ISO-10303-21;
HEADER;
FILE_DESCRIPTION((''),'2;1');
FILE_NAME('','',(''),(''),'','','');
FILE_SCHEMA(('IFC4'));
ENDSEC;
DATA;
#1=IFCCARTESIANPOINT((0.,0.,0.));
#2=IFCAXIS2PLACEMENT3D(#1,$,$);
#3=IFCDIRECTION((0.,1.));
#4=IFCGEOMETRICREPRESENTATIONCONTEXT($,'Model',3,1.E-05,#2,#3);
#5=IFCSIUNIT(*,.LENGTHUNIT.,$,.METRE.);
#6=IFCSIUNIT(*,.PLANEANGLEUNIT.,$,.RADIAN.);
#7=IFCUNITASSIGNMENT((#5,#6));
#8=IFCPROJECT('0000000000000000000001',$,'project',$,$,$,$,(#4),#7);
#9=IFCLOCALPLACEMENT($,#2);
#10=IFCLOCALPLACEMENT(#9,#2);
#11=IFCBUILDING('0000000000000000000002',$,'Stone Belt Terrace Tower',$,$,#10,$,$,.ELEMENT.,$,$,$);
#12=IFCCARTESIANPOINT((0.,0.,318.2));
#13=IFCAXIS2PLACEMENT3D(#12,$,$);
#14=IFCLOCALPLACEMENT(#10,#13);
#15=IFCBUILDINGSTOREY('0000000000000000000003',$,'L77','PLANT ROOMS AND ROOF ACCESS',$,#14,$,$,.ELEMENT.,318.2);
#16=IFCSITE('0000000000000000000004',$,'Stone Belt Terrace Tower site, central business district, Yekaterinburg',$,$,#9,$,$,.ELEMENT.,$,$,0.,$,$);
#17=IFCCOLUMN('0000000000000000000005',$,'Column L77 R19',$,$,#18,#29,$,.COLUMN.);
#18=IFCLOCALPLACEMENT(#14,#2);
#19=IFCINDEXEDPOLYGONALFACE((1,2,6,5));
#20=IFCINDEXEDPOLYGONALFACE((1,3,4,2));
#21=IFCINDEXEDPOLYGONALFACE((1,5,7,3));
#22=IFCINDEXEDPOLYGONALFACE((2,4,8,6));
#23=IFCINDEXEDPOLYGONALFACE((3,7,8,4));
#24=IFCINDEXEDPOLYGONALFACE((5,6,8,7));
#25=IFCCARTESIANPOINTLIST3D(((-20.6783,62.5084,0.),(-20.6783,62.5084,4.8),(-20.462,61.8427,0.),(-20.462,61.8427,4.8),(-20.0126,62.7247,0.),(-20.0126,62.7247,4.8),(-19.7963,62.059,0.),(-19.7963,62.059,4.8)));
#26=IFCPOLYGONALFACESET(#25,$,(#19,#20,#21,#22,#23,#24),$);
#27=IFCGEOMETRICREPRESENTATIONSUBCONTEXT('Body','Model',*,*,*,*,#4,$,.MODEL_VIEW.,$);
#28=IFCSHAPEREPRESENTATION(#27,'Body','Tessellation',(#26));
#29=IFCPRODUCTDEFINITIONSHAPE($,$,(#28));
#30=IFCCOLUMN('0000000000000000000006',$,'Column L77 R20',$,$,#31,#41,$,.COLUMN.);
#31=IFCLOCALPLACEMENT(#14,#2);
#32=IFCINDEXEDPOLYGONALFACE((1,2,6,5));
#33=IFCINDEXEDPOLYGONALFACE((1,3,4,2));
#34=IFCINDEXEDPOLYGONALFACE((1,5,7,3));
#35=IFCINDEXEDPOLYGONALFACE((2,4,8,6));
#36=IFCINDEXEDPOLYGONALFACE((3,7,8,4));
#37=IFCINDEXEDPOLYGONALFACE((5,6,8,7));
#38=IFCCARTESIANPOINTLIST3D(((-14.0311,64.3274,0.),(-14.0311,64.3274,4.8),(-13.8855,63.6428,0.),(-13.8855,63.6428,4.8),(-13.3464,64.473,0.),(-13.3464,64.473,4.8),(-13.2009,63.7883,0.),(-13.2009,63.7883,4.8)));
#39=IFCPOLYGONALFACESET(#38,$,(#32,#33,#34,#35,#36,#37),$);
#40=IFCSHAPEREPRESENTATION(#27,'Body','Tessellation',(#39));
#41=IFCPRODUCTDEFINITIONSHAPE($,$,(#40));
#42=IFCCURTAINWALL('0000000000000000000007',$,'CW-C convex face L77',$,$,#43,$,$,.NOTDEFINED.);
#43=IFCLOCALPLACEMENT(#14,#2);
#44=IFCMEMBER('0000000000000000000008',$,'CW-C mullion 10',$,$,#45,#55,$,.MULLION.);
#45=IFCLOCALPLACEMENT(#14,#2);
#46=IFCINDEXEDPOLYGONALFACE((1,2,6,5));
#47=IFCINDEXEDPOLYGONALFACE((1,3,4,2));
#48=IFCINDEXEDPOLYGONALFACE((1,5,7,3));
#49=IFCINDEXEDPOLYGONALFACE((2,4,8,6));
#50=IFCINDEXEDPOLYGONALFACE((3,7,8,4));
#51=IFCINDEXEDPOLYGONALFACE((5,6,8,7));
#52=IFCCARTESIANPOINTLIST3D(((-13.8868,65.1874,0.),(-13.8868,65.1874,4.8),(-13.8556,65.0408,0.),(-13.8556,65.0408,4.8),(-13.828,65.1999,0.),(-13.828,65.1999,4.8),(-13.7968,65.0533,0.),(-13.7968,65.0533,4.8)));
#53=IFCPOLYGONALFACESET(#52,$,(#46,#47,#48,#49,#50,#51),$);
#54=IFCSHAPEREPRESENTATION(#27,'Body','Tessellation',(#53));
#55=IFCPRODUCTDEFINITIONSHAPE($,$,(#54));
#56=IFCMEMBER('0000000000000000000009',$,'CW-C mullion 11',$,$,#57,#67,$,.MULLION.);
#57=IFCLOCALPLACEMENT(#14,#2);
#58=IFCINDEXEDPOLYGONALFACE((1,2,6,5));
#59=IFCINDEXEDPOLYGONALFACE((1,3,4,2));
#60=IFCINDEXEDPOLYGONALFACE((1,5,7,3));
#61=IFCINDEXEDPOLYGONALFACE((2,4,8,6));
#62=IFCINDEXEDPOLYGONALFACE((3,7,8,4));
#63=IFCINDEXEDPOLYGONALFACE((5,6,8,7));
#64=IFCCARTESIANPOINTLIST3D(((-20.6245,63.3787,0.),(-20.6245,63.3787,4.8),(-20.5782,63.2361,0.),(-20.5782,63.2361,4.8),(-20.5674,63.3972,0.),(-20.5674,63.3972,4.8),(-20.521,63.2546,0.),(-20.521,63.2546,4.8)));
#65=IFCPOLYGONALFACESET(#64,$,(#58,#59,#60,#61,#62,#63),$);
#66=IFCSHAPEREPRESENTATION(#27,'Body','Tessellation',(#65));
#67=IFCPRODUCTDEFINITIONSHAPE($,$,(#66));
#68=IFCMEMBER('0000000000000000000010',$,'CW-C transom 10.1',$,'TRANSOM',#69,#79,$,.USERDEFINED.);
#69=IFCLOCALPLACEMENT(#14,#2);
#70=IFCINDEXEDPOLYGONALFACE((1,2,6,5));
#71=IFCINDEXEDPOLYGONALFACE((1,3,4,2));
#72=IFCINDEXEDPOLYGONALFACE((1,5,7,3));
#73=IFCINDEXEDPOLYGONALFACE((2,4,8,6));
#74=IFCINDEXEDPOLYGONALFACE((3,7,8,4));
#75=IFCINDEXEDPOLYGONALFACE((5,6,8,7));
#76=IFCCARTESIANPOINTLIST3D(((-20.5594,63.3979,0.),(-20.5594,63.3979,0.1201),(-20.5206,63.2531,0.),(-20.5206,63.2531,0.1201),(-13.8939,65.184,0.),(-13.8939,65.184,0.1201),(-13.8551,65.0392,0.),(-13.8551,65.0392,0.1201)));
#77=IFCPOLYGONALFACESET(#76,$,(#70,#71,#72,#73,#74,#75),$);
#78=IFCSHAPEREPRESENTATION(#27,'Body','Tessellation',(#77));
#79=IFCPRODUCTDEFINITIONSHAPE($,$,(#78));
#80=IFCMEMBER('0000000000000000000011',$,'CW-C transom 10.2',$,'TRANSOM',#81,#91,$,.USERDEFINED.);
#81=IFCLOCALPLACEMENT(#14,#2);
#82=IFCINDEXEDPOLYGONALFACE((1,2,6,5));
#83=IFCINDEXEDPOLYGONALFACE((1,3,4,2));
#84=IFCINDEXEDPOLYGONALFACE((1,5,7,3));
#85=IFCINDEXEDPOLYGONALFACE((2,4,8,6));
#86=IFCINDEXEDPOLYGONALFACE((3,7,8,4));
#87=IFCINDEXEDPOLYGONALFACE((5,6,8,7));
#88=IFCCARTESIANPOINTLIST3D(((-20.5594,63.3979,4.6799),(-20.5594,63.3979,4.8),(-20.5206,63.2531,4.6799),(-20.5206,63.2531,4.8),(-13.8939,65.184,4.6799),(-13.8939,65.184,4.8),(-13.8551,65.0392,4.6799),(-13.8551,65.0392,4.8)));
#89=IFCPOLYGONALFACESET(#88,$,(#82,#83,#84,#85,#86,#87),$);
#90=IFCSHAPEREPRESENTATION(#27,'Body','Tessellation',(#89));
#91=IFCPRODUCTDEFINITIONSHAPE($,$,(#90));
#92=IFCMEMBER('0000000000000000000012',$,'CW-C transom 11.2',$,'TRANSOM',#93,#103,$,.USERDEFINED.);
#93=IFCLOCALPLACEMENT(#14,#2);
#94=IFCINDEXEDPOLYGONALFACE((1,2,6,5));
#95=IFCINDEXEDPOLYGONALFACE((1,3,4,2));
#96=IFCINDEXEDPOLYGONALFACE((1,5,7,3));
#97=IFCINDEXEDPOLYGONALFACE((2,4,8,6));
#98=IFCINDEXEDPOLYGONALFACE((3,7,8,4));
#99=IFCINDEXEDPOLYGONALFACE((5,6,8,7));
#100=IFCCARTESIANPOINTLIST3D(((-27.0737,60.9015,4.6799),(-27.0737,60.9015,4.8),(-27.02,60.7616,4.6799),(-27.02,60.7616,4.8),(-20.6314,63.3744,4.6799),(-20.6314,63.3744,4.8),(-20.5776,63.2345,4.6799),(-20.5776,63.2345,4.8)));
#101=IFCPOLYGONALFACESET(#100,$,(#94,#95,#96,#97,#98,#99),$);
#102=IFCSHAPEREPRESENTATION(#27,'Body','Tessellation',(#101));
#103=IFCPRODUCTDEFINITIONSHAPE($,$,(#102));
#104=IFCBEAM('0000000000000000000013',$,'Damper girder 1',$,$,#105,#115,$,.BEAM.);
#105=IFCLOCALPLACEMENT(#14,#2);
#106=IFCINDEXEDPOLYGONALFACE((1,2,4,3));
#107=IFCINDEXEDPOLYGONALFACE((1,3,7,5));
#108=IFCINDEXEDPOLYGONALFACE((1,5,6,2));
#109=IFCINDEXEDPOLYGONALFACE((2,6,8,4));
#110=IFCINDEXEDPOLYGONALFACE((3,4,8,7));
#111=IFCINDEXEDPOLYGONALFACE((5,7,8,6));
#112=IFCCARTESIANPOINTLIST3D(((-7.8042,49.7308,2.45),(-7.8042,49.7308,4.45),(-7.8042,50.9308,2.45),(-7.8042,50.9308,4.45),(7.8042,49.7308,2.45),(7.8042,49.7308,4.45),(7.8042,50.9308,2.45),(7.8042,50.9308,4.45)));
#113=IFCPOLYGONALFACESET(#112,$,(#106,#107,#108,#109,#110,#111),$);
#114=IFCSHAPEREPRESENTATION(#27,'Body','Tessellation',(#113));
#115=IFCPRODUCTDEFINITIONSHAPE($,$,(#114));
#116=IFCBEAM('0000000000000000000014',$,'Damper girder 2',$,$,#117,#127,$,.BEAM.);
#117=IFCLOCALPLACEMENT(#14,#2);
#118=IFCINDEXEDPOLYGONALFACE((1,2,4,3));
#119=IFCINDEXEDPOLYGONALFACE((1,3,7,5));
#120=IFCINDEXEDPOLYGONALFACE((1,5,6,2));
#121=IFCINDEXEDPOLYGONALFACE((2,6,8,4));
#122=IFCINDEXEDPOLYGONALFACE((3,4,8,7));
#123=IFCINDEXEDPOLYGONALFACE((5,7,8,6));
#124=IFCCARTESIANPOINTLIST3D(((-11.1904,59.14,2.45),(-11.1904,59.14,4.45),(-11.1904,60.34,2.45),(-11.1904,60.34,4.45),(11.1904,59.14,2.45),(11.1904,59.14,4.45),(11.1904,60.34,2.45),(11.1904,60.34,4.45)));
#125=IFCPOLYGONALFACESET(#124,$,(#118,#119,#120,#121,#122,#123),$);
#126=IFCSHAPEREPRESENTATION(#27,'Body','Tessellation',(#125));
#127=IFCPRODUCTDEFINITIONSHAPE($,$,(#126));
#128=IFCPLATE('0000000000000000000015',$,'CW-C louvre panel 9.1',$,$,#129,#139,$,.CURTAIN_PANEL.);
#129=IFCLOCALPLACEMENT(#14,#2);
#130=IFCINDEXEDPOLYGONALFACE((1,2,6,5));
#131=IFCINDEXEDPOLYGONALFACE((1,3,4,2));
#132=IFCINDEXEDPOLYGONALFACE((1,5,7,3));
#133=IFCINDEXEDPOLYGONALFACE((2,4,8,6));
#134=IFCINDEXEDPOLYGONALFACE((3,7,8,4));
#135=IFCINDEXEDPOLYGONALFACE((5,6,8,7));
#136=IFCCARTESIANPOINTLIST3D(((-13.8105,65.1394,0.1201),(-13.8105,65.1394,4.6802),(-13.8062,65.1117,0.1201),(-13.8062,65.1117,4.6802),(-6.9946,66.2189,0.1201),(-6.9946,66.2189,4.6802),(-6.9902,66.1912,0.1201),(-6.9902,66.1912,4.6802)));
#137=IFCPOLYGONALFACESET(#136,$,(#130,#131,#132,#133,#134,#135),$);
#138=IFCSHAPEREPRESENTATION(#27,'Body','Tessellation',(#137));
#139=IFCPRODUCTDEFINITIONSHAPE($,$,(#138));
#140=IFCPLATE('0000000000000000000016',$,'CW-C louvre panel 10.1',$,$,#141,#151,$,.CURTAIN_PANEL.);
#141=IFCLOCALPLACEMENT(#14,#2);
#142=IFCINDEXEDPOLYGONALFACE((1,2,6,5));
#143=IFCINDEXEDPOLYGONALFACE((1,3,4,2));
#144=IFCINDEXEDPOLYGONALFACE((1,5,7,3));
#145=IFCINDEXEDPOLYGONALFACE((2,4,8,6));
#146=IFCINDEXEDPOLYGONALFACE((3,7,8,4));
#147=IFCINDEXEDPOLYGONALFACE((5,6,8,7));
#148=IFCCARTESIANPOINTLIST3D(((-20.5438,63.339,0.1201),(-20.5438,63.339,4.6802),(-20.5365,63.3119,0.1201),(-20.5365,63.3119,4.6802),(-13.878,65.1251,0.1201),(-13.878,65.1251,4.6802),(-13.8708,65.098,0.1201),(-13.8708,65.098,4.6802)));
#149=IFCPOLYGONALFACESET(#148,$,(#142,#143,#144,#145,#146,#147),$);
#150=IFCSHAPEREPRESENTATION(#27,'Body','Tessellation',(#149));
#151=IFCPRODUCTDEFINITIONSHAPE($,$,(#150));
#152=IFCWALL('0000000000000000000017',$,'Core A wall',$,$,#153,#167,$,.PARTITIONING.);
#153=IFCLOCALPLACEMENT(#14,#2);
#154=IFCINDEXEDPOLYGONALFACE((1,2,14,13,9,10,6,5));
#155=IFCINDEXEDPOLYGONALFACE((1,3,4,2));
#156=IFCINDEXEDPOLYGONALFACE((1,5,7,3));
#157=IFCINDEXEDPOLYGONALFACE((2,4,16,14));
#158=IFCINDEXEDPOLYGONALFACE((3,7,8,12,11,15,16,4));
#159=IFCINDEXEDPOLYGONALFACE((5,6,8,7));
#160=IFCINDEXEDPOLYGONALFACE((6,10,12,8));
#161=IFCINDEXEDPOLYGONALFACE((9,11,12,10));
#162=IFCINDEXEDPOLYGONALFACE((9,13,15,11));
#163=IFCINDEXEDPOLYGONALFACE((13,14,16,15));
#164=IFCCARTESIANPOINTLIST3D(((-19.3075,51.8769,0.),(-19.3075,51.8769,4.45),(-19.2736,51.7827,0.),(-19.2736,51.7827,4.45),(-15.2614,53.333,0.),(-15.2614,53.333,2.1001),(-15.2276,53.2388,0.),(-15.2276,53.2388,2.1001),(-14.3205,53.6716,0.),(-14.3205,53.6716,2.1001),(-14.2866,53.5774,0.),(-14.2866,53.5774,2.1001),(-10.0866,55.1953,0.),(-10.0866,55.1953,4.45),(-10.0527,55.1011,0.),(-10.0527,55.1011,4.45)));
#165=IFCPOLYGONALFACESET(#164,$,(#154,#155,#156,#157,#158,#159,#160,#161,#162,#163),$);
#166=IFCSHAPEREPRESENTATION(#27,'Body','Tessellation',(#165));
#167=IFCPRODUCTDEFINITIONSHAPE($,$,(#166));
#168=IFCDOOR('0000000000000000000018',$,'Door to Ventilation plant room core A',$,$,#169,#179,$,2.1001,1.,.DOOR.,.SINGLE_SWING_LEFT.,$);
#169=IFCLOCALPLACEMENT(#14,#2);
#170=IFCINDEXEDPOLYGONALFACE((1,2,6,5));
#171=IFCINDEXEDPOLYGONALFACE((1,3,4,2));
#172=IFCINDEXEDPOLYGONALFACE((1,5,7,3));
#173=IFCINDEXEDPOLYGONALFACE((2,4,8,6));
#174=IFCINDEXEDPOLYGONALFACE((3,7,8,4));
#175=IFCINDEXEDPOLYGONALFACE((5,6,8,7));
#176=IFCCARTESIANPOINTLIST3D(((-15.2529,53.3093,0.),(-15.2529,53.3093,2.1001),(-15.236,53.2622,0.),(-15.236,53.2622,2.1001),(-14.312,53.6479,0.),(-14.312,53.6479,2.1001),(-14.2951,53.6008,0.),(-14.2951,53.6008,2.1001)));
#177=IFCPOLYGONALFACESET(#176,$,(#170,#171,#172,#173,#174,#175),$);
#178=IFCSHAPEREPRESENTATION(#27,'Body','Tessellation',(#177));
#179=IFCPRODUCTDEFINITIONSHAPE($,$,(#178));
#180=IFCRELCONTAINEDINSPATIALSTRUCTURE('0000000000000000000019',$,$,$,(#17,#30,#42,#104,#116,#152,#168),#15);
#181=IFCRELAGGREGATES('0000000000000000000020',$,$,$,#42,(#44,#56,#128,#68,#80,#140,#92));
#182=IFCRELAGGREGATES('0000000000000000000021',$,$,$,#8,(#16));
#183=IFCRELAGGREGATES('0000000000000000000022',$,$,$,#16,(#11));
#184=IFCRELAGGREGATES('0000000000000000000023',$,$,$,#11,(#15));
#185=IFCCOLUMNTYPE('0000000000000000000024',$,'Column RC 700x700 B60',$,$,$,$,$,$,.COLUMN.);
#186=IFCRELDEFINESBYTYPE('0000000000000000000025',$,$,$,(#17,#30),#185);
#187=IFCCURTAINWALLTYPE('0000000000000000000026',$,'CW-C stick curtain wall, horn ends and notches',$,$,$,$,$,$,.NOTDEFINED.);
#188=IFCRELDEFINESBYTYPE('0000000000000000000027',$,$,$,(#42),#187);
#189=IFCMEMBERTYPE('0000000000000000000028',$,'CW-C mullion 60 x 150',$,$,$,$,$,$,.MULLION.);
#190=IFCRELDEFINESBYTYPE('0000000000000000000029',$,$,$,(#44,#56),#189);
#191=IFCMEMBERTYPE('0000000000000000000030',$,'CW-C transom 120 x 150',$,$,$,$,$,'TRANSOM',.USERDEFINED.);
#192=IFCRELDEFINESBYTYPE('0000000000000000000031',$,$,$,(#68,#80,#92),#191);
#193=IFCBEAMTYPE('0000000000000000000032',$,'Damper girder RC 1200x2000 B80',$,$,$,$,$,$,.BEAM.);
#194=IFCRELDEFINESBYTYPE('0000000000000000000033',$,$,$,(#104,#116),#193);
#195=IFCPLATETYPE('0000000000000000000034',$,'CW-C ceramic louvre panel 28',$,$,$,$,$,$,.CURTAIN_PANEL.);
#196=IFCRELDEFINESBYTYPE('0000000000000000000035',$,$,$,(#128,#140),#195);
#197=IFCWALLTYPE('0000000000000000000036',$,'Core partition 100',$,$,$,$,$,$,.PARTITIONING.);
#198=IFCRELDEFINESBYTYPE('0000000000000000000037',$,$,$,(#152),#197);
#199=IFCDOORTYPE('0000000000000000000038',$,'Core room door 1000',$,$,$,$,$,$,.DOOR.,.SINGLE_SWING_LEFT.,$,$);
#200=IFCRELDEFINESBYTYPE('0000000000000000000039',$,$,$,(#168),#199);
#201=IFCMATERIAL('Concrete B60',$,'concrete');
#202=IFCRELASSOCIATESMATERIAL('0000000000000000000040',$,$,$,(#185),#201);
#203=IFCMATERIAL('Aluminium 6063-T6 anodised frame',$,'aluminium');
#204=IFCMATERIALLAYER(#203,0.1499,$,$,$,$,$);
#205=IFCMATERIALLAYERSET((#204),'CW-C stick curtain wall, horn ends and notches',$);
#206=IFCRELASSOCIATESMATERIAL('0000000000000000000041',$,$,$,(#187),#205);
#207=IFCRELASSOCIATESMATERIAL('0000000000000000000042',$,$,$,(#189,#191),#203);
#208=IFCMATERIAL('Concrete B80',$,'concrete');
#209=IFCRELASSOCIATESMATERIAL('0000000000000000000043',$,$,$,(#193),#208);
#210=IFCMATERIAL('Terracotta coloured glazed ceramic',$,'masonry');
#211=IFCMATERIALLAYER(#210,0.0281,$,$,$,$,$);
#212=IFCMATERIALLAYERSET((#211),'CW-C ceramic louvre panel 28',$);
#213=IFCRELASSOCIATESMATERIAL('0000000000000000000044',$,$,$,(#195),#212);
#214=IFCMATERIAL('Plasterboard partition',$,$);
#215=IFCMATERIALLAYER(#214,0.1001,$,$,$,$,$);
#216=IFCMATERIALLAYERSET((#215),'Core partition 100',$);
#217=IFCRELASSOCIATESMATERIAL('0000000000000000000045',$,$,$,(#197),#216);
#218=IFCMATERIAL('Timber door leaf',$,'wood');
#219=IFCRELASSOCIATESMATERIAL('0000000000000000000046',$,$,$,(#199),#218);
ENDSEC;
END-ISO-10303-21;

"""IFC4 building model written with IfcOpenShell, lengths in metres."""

from ifc_helpers import new_model, si_unit, direction, frame, frame_2d, origin, origin_2d, place, context, subcontext, project, spatial, rectangle, extrude, material, layer, layer_set, material_profile, profile_set, type_object, element, fill, aggregate, save


model = new_model("IFC4")

# Units and contexts
model_context = context("Model", 3, precision=1e-05, world=origin(), true_north=direction((0.0, 1.0)))
body_context = subcontext(model_context, "Body", "Model", "MODEL_VIEW")
ifc_project = project(units=[si_unit("LENGTHUNIT", "METRE"), si_unit("PLANEANGLEUNIT", "RADIAN")], contexts=[model_context])

# Site, building, storey
site_placement = place(None, origin())
site = spatial("IfcSite", under=ifc_project, at=site_placement, Name="Stone Belt Terrace Tower site, central business district, Yekaterinburg", CompositionType="ELEMENT", RefElevation=0.0)
building_placement = place(site_placement, origin())
building = spatial("IfcBuilding", under=site, at=building_placement, Name="Stone Belt Terrace Tower", CompositionType="ELEMENT")
storey_placement = place(building_placement, frame((0.0, 0.0, 318.2)))
storey = spatial("IfcBuildingStorey", under=building, at=storey_placement, Name="L77", Description="PLANT ROOMS AND ROOF ACCESS", CompositionType="ELEMENT", Elevation=318.2)

# Columns
ifc_material_1 = material(Name="Concrete B60", Category="concrete")
ifc_material_profile_1 = material_profile(ifc_material_1, rectangle(XDim=0.7, YDim=0.7, at=origin_2d()), Name="RC 700x700")
ifc_profile_set_1 = profile_set([ifc_material_profile_1], Name="Concrete B60")
column_type = type_object("IfcColumnType", Name="Column RC 700x700 B60", PredefinedType="COLUMN", material=ifc_profile_set_1)
for number, where, z_axis, x_axis, name in (
    (1, (-20.2373, 62.2837, 0.0), (0.0, 0.0, 1.0), (0.951057, 0.309017, 0.0), "Column L77 R19"),
    (2, (-13.616, 64.0579, 0.0), (0.0, 0.0, 1.0), (0.978148, 0.207912, 0.0), "Column L77 R20"),
):
    element("IfcColumn", number, at=place(storey_placement, frame(where, z_axis=z_axis, x_axis=x_axis)), inside=storey, type_object=column_type, Name=name, PredefinedType="COLUMN", context=body_context, shape_type="SweptSolid", body=[
        extrude(rectangle(XDim=0.7, YDim=0.7, at=origin_2d()), origin(), (0.0, 0.0, 1.0), 4.8),
    ])

# Curtain wall, members
ifc_material_2 = material(Name="Aluminium 6063-T6 anodised frame", Category="aluminium")
ifc_layer_1 = layer(ifc_material_2, 0.1499)
ifc_layer_set_1 = layer_set([ifc_layer_1], Name="CW-C stick curtain wall, horn ends and notches")
curtain_wall_type = type_object("IfcCurtainWallType", Name="CW-C stick curtain wall, horn ends and notches", PredefinedType="NOTDEFINED", material=ifc_layer_set_1)
curtain_wall_placement = place(storey_placement, origin())
curtain_wall = element("IfcCurtainWall", 3, at=curtain_wall_placement, inside=storey, type_object=curtain_wall_type, Name="CW-C convex face L77", PredefinedType="NOTDEFINED")
ifc_material_profile_2 = material_profile(ifc_material_2, rectangle(XDim=0.1499, YDim=0.0601, at=origin_2d()), Name="Aluminium 6063-T6 60x150")
ifc_profile_set_2 = profile_set([ifc_material_profile_2], Name="Aluminium 6063-T6 anodised frame")
member_type_1 = type_object("IfcMemberType", Name="CW-C mullion 60 x 150", PredefinedType="MULLION", material=ifc_profile_set_2)
member_1_placement = place(storey_placement, frame((-13.8418, 65.1204, 0.0), z_axis=(0.0, 0.0, 1.0), x_axis=(0.207912, -0.978148, 0.0)))
member_1 = element("IfcMember", 4, at=member_1_placement, type_object=member_type_1, Name="CW-C mullion 10", PredefinedType="MULLION", context=body_context, shape_type="SweptSolid", body=[
    extrude(rectangle(XDim=0.1499, YDim=0.0601, at=origin_2d()), origin(), (0.0, 0.0, 1.0), 4.8),
])
member_2_placement = place(storey_placement, frame((-20.5728, 63.3167, 0.0), z_axis=(0.0, 0.0, 1.0), x_axis=(0.309017, -0.951057, 0.0)))
member_2 = element("IfcMember", 5, at=member_2_placement, type_object=member_type_1, Name="CW-C mullion 11", PredefinedType="MULLION", context=body_context, shape_type="SweptSolid", body=[
    extrude(rectangle(XDim=0.1499, YDim=0.0601, at=origin_2d()), origin(), (0.0, 0.0, 1.0), 4.8),
])
ifc_material_profile_3 = material_profile(ifc_material_2, rectangle(XDim=0.1499, YDim=0.1201, at=origin_2d()), Name="Aluminium 6063-T6 150x120")
ifc_profile_set_3 = profile_set([ifc_material_profile_3], Name="Aluminium 6063-T6 anodised frame")
member_type_2 = type_object("IfcMemberType", Name="CW-C transom 120 x 150", ElementType="TRANSOM", PredefinedType="USERDEFINED", material=ifc_profile_set_3)
member_3_placement = place(storey_placement, frame((-13.8745, 65.1116, 0.0601), z_axis=(-0.965922, -0.258834, 0.0), x_axis=(0.258834, -0.965922, 0.0)))
member_3 = element("IfcMember", 6, at=member_3_placement, type_object=member_type_2, Name="CW-C transom 10.1", ObjectType="TRANSOM", PredefinedType="USERDEFINED", context=body_context, shape_type="SweptSolid", body=[
    extrude(rectangle(XDim=0.1499, YDim=0.1201, at=origin_2d()), origin(), (0.0, 0.0, 1.0), 6.9006),
])
member_4_placement = place(storey_placement, frame((-13.8745, 65.1116, 4.74), z_axis=(-0.965922, -0.258834, 0.0), x_axis=(0.258834, -0.965922, 0.0)))
member_4 = element("IfcMember", 7, at=member_4_placement, type_object=member_type_2, Name="CW-C transom 10.2", ObjectType="TRANSOM", PredefinedType="USERDEFINED", context=body_context, shape_type="SweptSolid", body=[
    extrude(rectangle(XDim=0.1499, YDim=0.1201, at=origin_2d()), origin(), (0.0, 0.0, 1.0), 6.9006),
])
member_5_placement = place(storey_placement, frame((-20.6045, 63.3044, 4.74), z_axis=(-0.933585, -0.358355, 0.0), x_axis=(0.358355, -0.933585, 0.0)))
member_5 = element("IfcMember", 8, at=member_5_placement, type_object=member_type_2, Name="CW-C transom 11.2", ObjectType="TRANSOM", PredefinedType="USERDEFINED", context=body_context, shape_type="SweptSolid", body=[
    extrude(rectangle(XDim=0.1499, YDim=0.1201, at=origin_2d()), origin(), (0.0, 0.0, 1.0), 6.9006),
])

# Beams
ifc_material_3 = material(Name="Concrete B80", Category="concrete")
ifc_material_profile_4 = material_profile(ifc_material_3, rectangle(XDim=1.2, YDim=2.0, at=origin_2d()), Name="RC 1200x2000")
ifc_profile_set_4 = profile_set([ifc_material_profile_4], Name="Concrete B80")
beam_type = type_object("IfcBeamType", Name="Damper girder RC 1200x2000 B80", PredefinedType="BEAM", material=ifc_profile_set_4)
beam_1_placement = place(storey_placement, frame((-7.8042, 50.3308, 3.45), z_axis=(1.0, 0.0, 0.0), x_axis=(0.0, 1.0, 0.0)))
element("IfcBeam", 9, at=beam_1_placement, inside=storey, type_object=beam_type, Name="Damper girder 1", PredefinedType="BEAM", context=body_context, shape_type="SweptSolid", body=[
    extrude(rectangle(XDim=1.2, YDim=2.0, at=origin_2d()), origin(), (0.0, 0.0, 1.0), 15.6084),
])
beam_2_placement = place(storey_placement, frame((-11.1904, 59.74, 3.45), z_axis=(1.0, 0.0, 0.0), x_axis=(0.0, 1.0, 0.0)))
element("IfcBeam", 10, at=beam_2_placement, inside=storey, type_object=beam_type, Name="Damper girder 2", PredefinedType="BEAM", context=body_context, shape_type="SweptSolid", body=[
    extrude(rectangle(XDim=1.2, YDim=2.0, at=origin_2d()), origin(), (0.0, 0.0, 1.0), 22.3809),
])

# Plates
ifc_material_4 = material(Name="Terracotta coloured glazed ceramic", Category="masonry")
ifc_layer_2 = layer(ifc_material_4, 0.0281)
ifc_layer_set_2 = layer_set([ifc_layer_2], Name="CW-C ceramic louvre panel 28")
plate_type = type_object("IfcPlateType", Name="CW-C ceramic louvre panel 28", PredefinedType="CURTAIN_PANEL", material=ifc_layer_set_2)
plate_1_placement = place(storey_placement, frame((-10.4004, 65.6653, 0.1201), z_axis=(0.0, 0.0, 1.0), x_axis=(-0.987688, -0.156434, 0.0)))
plate_1 = element("IfcPlate", 11, at=plate_1_placement, type_object=plate_type, Name="CW-C louvre panel 9.1", PredefinedType="CURTAIN_PANEL", context=body_context, shape_type="SweptSolid", body=[
    extrude(rectangle(XDim=6.9009, YDim=0.0281, at=origin_2d()), origin(), (0.0, 0.0, 1.0), 4.5601),
])
plate_2_placement = place(storey_placement, frame((-17.2073, 64.2185, 0.1201), z_axis=(0.0, 0.0, 1.0), x_axis=(-0.965926, -0.258819, 0.0)))
plate_2 = element("IfcPlate", 12, at=plate_2_placement, type_object=plate_type, Name="CW-C louvre panel 10.1", PredefinedType="CURTAIN_PANEL", context=body_context, shape_type="SweptSolid", body=[
    extrude(rectangle(XDim=6.9009, YDim=0.0281, at=origin_2d()), origin(), (0.0, 0.0, 1.0), 4.5601),
])
aggregate(curtain_wall, [member_1, member_2, plate_1, member_3, member_4, plate_2, member_5])

# Wall, opening, door
ifc_material_5 = material(Name="Plasterboard partition")
ifc_layer_3 = layer(ifc_material_5, 0.1001)
ifc_layer_set_3 = layer_set([ifc_layer_3], Name="Core partition 100")
wall_type_1 = type_object("IfcWallType", Name="Core partition 100", PredefinedType="PARTITIONING", material=ifc_layer_set_3)
wall_1_placement = place(storey_placement, frame((-19.2905, 51.8298, 0.0), z_axis=(0.0, 0.0, 1.0), x_axis=(0.940926, 0.338613, 0.0)))
wall_1 = element("IfcWall", 13, at=wall_1_placement, inside=storey, type_object=wall_type_1, Name="Core A wall", PredefinedType="PARTITIONING", context=body_context, shape_type="SweptSolid", body=[
    extrude(rectangle(XDim=9.7998, YDim=0.1001, at=frame_2d((4.8999, 0.0))), origin(), (0.0, 0.0, 1.0), 4.45),
])
opening_1_placement = place(wall_1_placement, frame((4.3, 0.0, 0.0)))
opening_1 = element("IfcOpeningElement", 14, at=opening_1_placement, cuts=wall_1, PredefinedType="OPENING", context=body_context, shape_type="SweptSolid", body=[
    extrude(rectangle(XDim=1.0, YDim=2.1001, at=frame_2d((0.5, 1.05))), frame((0.0, 0.0601, 0.0), z_axis=(0.0, -1.0, 0.0), x_axis=(1.0, 0.0, 0.0)), (0.0, 0.0, 1.0), 0.1201),
])
ifc_material_6 = material(Name="Timber door leaf", Category="wood")
door_type_1 = type_object("IfcDoorType", Name="Core room door 1000", OperationType="SINGLE_SWING_LEFT", PredefinedType="DOOR", material=ifc_material_6)
door_1_placement = place(opening_1_placement, origin())
door_1 = element("IfcDoor", 15, at=door_1_placement, inside=storey, type_object=door_type_1, Name="Door to Ventilation plant room core A", OperationType="SINGLE_SWING_LEFT", OverallHeight=2.1001, OverallWidth=1.0, PredefinedType="DOOR", context=body_context, shape_type="SweptSolid", body=[
    extrude(rectangle(XDim=1.0, YDim=2.1001, at=frame_2d((0.5, 1.05))), frame((0.0, 0.0249, 0.0), z_axis=(0.0, -1.0, 0.0), x_axis=(1.0, 0.0, 0.0)), (0.0, 0.0, 1.0), 0.05),
])
fill(opening_1, door_1)

save(model, "model.ifc")
